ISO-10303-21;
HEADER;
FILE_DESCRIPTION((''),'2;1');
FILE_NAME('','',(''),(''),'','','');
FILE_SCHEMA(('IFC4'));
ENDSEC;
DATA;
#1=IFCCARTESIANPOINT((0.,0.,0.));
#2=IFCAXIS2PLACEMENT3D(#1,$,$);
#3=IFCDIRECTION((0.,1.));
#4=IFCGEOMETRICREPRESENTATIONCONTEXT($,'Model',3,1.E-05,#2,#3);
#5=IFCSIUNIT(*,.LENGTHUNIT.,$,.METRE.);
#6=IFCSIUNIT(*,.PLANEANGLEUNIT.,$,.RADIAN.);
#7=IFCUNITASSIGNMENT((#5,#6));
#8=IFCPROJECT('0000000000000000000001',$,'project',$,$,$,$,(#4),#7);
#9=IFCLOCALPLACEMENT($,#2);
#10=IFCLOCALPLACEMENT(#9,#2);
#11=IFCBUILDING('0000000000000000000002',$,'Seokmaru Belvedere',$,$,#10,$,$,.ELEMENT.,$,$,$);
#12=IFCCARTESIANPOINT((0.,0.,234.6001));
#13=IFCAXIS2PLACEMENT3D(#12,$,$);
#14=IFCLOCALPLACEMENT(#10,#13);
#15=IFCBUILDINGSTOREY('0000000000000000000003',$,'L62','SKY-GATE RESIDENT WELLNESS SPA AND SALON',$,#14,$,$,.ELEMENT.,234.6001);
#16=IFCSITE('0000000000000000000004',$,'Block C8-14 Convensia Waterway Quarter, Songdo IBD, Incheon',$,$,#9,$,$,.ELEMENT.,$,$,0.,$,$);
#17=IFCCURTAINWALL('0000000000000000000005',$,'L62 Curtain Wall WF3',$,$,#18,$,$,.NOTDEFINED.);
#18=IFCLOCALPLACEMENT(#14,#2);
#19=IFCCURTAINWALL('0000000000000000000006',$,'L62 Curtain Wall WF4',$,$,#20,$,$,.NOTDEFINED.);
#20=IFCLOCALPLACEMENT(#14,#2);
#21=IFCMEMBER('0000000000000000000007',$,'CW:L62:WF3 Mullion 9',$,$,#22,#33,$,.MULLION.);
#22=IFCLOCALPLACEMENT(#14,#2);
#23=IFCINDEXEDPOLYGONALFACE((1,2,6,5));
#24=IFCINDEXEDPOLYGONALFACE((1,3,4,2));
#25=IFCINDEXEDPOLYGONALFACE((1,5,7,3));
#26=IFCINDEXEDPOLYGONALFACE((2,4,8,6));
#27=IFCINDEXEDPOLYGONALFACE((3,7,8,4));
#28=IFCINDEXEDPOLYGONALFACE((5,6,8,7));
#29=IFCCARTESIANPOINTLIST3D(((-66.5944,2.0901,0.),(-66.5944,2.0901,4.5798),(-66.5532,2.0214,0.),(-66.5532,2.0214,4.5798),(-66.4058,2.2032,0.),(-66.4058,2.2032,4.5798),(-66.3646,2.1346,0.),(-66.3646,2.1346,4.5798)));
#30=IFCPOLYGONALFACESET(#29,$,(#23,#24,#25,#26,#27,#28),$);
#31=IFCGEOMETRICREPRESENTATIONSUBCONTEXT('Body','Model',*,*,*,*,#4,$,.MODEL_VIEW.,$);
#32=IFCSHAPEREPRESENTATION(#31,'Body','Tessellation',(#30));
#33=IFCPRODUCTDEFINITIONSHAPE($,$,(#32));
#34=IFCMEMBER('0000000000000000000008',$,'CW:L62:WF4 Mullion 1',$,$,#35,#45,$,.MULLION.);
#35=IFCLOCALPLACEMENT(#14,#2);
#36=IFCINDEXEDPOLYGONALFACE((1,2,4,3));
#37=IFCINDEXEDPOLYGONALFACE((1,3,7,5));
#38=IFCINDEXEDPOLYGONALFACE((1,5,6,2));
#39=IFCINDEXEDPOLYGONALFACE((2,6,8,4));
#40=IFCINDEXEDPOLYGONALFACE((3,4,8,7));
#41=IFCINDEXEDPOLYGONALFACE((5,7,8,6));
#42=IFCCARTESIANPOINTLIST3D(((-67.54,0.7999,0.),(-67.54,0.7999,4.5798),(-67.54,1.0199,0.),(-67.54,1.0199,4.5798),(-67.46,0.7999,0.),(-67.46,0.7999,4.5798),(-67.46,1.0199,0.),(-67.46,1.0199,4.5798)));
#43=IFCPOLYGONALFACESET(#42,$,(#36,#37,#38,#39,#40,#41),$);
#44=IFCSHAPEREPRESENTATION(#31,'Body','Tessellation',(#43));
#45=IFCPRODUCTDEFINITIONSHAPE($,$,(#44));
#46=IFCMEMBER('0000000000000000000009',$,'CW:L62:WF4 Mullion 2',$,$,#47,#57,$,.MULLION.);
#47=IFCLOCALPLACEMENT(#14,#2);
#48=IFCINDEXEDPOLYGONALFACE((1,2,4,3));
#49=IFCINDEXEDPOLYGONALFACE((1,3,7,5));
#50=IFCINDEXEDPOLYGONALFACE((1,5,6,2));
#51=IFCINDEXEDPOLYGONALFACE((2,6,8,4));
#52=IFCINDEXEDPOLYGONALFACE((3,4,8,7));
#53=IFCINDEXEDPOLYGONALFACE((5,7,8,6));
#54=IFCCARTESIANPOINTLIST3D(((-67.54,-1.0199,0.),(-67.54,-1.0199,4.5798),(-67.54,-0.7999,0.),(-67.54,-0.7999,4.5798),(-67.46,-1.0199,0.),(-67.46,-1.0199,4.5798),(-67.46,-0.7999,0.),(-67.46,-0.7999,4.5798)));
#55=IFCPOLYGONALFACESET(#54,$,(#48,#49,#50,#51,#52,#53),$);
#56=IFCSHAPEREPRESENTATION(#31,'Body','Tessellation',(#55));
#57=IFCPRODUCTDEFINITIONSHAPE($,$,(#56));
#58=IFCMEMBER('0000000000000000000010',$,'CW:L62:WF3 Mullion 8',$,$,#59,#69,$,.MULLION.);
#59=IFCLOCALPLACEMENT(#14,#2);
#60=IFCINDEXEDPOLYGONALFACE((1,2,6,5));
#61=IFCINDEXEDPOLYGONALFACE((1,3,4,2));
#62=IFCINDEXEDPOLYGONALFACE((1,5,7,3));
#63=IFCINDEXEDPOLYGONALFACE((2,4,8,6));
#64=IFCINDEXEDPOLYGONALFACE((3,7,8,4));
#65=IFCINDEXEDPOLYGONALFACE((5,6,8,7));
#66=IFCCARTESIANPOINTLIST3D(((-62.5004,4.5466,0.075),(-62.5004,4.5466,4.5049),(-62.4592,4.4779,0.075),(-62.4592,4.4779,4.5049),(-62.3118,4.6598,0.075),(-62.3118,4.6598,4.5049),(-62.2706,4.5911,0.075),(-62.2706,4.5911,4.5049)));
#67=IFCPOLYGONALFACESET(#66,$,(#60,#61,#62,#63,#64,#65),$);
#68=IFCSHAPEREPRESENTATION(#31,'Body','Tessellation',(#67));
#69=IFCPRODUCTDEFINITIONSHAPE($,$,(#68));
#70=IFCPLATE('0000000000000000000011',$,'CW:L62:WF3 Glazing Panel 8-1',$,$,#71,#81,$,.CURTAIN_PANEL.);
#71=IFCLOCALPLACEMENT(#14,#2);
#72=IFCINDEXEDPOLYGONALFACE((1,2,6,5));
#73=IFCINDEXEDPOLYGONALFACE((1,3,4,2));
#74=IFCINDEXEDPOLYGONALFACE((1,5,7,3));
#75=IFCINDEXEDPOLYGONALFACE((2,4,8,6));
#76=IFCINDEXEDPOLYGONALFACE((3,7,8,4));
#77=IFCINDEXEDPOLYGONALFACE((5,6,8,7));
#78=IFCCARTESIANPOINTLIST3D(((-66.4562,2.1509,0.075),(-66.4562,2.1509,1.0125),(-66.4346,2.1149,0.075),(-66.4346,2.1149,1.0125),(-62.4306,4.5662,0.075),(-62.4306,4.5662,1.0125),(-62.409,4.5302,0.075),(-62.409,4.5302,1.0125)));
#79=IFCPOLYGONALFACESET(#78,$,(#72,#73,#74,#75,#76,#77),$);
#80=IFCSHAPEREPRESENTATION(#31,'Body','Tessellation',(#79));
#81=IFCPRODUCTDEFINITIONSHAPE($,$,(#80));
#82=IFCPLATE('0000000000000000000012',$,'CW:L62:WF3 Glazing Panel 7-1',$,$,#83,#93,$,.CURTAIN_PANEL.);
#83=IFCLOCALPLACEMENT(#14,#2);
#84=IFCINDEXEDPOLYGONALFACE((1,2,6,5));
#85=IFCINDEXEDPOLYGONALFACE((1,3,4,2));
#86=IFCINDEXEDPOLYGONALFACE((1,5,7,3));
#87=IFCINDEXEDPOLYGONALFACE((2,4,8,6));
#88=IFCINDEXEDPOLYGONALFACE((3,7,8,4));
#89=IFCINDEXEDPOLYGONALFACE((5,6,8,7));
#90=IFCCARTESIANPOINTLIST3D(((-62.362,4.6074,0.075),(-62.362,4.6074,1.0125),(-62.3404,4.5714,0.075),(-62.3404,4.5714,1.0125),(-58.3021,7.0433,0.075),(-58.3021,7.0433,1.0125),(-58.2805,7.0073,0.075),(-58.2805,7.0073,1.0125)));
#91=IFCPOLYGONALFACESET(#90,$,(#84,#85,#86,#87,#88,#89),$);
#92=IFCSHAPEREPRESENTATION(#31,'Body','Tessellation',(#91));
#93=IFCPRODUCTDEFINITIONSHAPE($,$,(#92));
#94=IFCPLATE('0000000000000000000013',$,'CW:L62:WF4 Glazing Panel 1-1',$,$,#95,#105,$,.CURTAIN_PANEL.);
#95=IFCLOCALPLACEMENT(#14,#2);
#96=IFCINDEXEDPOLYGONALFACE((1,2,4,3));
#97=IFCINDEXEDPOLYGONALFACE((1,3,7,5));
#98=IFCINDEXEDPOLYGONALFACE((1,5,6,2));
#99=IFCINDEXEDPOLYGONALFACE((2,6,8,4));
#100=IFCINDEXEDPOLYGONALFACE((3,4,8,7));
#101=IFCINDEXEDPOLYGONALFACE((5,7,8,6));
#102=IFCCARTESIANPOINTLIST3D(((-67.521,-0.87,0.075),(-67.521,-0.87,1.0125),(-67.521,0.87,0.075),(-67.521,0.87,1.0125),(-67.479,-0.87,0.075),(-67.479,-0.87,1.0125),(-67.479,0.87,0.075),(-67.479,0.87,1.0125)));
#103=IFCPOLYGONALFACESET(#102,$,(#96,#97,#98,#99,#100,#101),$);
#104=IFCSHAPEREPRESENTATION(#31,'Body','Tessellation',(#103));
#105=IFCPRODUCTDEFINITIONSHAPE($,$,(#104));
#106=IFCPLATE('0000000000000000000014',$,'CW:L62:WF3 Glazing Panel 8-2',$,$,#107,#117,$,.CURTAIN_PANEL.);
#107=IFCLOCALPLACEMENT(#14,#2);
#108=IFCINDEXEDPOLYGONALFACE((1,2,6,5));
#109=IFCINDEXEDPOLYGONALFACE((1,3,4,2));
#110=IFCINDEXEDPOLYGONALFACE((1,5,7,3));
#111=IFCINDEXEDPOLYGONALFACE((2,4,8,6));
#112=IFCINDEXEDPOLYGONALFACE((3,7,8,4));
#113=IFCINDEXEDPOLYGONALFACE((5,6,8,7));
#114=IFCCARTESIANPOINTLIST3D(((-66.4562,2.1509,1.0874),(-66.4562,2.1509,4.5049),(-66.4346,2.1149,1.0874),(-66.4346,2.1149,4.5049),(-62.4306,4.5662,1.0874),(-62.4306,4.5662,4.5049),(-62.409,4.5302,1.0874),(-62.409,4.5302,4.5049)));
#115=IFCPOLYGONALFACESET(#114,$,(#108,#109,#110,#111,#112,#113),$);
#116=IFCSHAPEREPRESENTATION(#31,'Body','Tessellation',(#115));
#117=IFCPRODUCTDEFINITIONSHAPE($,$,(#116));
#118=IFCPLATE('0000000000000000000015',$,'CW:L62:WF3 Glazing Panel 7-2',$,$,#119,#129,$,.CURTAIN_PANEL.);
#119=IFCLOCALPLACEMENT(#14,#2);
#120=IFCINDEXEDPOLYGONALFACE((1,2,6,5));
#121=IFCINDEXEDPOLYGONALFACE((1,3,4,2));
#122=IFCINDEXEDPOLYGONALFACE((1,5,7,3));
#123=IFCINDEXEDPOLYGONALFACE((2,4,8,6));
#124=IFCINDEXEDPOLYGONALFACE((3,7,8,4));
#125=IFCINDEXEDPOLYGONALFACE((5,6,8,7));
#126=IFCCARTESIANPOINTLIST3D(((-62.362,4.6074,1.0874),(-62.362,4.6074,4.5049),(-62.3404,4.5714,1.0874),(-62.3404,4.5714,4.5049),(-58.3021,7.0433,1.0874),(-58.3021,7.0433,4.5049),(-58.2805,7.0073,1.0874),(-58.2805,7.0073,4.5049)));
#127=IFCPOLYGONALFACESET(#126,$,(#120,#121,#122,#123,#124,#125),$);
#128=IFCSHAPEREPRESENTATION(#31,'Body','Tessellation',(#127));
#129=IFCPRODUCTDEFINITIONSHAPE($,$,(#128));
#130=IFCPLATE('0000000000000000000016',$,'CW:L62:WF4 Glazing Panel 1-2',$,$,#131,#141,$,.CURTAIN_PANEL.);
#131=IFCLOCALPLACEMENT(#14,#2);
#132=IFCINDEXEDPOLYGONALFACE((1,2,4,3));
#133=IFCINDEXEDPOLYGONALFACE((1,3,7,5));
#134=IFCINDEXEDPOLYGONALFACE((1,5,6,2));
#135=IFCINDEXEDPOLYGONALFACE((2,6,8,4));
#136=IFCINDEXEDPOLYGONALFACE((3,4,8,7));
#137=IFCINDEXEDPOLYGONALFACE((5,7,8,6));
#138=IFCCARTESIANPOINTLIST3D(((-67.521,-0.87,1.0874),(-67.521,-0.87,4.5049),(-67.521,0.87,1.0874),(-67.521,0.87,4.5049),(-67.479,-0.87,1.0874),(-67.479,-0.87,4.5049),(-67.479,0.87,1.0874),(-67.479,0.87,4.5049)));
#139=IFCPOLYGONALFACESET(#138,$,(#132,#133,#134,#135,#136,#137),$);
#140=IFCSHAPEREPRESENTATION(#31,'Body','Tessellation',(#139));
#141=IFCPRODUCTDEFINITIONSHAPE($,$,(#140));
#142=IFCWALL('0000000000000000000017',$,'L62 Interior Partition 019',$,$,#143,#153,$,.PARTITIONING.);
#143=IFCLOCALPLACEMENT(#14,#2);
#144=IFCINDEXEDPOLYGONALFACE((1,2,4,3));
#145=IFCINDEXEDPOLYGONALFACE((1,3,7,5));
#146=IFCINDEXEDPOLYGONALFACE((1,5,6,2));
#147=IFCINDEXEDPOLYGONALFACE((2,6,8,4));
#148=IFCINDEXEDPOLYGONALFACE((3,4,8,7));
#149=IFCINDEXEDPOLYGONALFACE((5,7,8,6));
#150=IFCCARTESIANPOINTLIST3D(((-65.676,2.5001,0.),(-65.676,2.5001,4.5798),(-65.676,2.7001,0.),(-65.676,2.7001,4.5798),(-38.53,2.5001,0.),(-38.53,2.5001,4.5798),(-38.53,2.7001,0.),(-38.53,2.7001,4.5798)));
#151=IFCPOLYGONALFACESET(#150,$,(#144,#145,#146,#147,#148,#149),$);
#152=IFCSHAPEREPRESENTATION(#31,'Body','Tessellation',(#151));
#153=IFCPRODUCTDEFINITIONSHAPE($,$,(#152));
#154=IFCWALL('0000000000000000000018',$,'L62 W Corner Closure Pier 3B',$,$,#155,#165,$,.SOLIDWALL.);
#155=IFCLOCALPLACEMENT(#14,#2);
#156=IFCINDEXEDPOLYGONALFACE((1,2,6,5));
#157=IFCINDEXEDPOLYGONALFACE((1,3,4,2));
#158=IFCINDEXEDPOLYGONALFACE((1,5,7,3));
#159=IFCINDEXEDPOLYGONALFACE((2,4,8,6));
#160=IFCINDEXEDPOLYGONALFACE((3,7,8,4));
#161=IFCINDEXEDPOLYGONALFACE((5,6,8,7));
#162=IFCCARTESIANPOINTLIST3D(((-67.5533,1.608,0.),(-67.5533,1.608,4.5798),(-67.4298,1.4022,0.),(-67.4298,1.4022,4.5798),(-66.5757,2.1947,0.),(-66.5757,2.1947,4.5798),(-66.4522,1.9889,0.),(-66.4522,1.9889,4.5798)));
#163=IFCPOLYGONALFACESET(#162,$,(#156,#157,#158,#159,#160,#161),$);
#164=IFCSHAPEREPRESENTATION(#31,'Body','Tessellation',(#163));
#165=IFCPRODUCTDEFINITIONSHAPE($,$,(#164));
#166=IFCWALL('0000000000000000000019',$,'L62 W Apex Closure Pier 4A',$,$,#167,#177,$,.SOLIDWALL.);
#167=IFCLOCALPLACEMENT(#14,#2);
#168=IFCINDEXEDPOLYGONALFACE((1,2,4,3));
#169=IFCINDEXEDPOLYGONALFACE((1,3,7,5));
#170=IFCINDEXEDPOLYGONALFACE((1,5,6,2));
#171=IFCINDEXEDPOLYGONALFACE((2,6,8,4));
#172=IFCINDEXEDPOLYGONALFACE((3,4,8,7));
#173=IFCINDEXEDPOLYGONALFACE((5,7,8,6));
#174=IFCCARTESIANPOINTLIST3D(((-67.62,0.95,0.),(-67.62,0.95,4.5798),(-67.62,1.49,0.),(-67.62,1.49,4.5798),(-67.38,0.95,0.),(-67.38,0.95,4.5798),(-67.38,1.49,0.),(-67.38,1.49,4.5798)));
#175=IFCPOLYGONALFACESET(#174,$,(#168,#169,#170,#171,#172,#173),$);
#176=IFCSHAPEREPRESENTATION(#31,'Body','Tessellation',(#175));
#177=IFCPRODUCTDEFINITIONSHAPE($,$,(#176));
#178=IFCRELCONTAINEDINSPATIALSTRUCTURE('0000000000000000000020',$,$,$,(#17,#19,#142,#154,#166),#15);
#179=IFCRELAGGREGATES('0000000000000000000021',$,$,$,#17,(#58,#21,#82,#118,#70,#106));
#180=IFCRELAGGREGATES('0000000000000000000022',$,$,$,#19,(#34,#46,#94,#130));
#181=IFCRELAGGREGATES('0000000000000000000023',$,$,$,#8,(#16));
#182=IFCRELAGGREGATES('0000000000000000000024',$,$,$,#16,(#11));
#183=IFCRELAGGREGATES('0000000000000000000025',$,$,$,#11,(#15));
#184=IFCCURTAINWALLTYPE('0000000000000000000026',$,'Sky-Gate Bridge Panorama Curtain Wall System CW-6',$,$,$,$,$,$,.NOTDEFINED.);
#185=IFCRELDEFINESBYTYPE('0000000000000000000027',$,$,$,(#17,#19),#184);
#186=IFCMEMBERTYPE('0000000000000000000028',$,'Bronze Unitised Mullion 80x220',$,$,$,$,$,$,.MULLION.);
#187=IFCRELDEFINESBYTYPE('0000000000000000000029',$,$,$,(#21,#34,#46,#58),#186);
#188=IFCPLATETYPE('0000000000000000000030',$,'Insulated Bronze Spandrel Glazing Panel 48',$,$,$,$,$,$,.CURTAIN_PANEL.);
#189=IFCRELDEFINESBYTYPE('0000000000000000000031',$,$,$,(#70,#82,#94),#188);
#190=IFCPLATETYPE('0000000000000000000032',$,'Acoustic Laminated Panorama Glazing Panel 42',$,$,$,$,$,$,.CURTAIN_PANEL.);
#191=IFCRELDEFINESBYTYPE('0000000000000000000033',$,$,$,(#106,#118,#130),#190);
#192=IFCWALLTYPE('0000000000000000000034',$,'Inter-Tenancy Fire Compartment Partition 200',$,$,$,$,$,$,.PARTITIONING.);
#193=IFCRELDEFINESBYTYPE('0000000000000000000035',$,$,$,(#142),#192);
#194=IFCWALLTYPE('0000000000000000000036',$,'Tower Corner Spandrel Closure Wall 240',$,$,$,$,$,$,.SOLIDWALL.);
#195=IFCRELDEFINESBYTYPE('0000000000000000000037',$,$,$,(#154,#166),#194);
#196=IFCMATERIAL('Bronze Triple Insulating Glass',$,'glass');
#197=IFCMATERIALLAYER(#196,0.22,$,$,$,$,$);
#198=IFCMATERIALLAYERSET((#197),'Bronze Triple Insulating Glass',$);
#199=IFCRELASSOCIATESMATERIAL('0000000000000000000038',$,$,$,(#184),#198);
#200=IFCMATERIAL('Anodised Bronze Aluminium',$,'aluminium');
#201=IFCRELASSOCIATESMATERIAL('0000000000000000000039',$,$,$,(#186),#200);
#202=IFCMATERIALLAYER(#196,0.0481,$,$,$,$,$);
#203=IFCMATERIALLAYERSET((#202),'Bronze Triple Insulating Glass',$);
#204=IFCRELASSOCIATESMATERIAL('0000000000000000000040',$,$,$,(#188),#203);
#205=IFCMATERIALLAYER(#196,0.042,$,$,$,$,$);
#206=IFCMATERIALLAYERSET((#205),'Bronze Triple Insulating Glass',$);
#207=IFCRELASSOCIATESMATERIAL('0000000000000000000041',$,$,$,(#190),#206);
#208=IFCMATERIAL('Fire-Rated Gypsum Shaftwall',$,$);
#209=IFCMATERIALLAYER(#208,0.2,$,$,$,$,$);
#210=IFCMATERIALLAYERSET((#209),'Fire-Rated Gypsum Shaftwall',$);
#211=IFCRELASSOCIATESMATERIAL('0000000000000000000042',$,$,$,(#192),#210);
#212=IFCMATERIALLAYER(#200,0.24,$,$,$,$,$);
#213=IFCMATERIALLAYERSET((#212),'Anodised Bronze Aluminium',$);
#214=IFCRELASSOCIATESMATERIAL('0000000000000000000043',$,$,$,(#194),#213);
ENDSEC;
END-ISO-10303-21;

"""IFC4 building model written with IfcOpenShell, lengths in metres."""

from ifc_helpers import new_model, si_unit, direction, frame, frame_2d, origin, origin_2d, place, context, subcontext, project, spatial, rectangle, extrude, source, transform, mapped, material, layer, layer_set, material_profile, profile_set, type_object, type_shapes, element, aggregate, save


model = new_model("IFC4")

# Units and contexts
model_context = context("Model", 3, precision=1e-05, world=origin(), true_north=direction((0.0, 1.0)))
body_context = subcontext(model_context, "Body", "Model", "MODEL_VIEW")
ifc_project = project(units=[si_unit("LENGTHUNIT", "METRE"), si_unit("PLANEANGLEUNIT", "RADIAN")], contexts=[model_context])

# Site, building, storey
site_placement = place(None, origin())
site = spatial("IfcSite", under=ifc_project, at=site_placement, Name="Block C8-14 Convensia Waterway Quarter, Songdo IBD, Incheon", CompositionType="ELEMENT", RefElevation=0.0)
building_placement = place(site_placement, origin())
building = spatial("IfcBuilding", under=site, at=building_placement, Name="Seokmaru Belvedere", CompositionType="ELEMENT")
storey_placement = place(building_placement, frame((0.0, 0.0, 234.6001)))
storey = spatial("IfcBuildingStorey", under=building, at=storey_placement, Name="L62", Description="SKY-GATE RESIDENT WELLNESS SPA AND SALON", CompositionType="ELEMENT", Elevation=234.6001)

# Curtain wall
ifc_material_1 = material(Name="Bronze Triple Insulating Glass", Category="glass")
ifc_layer_1 = layer(ifc_material_1, 0.22)
ifc_layer_set_1 = layer_set([ifc_layer_1], Name="Bronze Triple Insulating Glass")
curtain_wall_type = type_object("IfcCurtainWallType", Name="Sky-Gate Bridge Panorama Curtain Wall System CW-6", PredefinedType="NOTDEFINED", material=ifc_layer_set_1)
curtain_wall_1_placement = place(storey_placement, origin())
curtain_wall_1 = element("IfcCurtainWall", 1, at=curtain_wall_1_placement, inside=storey, type_object=curtain_wall_type, Name="L62 Curtain Wall WF3", PredefinedType="NOTDEFINED")
ifc_material_2 = material(Name="Anodised Bronze Aluminium", Category="aluminium")

# Curtain wall
curtain_wall_2_placement = place(storey_placement, origin())
curtain_wall_2 = element("IfcCurtainWall", 2, at=curtain_wall_2_placement, inside=storey, type_object=curtain_wall_type, Name="L62 Curtain Wall WF4", PredefinedType="NOTDEFINED")

# Members
ifc_material_profile_1 = material_profile(ifc_material_2, rectangle(XDim=0.0801, YDim=0.22, at=origin_2d()), Name="CW-M-80x220")
ifc_profile_set_1 = profile_set([ifc_material_profile_1], Name="Anodised Bronze Aluminium")
member_type_1 = type_object("IfcMemberType", Name="Bronze Unitised Mullion 80x220", PredefinedType="MULLION", material=ifc_profile_set_1)
shared_shape_1 = source(origin(), body_context, "Body", "SweptSolid", [
    extrude(rectangle(XDim=0.0801, YDim=0.22, at=origin_2d()), origin(), (0.0, 0.0, 1.0), 4.5798),
])
member_1_placement = place(storey_placement, frame((-66.4795, 2.1123, 0.0), z_axis=(0.0, 0.0, 1.0), x_axis=(0.514495, -0.857493, 0.0)))
member_1 = element("IfcMember", 3, at=member_1_placement, type_object=member_type_1, Name="CW:L62:WF3 Mullion 9", PredefinedType="MULLION", context=body_context, shape_type="MappedRepresentation", body=[
    mapped(shared_shape_1, transform((0.0, 0.0, 0.0), scale=1.0)),
])
member_2_placement = place(storey_placement, frame((-67.5, 0.9099, 0.0), z_axis=(0.0, 0.0, 1.0), x_axis=(1.0, 0.0, 0.0)))
member_2 = element("IfcMember", 4, at=member_2_placement, type_object=member_type_1, Name="CW:L62:WF4 Mullion 1", PredefinedType="MULLION", context=body_context, shape_type="MappedRepresentation", body=[
    mapped(shared_shape_1, transform((0.0, 0.0, 0.0), scale=1.0)),
])
member_3_placement = place(storey_placement, frame((-67.5, -0.9099, 0.0), z_axis=(0.0, 0.0, 1.0), x_axis=(1.0, 0.0, 0.0)))
member_3 = element("IfcMember", 5, at=member_3_placement, type_object=member_type_1, Name="CW:L62:WF4 Mullion 2", PredefinedType="MULLION", context=body_context, shape_type="MappedRepresentation", body=[
    mapped(shared_shape_1, transform((0.0, 0.0, 0.0), scale=1.0)),
])
shared_shape_2 = source(origin(), body_context, "Body", "SweptSolid", [
    extrude(rectangle(XDim=0.0801, YDim=0.22, at=origin_2d()), origin(), (0.0, 0.0, 1.0), 4.4299),
])
type_shapes(member_type_1, [shared_shape_1, shared_shape_2])
member_4_placement = place(storey_placement, frame((-62.3855, 4.5688, 0.075), z_axis=(0.0, 0.0, 1.0), x_axis=(0.514495, -0.857493, 0.0)))
member_4 = element("IfcMember", 6, at=member_4_placement, type_object=member_type_1, Name="CW:L62:WF3 Mullion 8", PredefinedType="MULLION", context=body_context, shape_type="MappedRepresentation", body=[
    mapped(shared_shape_2, transform((0.0, 0.0, 0.0), scale=1.0)),
])

# Plates
ifc_layer_2 = layer(ifc_material_1, 0.0481)
ifc_layer_set_2 = layer_set([ifc_layer_2], Name="Bronze Triple Insulating Glass")
plate_type_1 = type_object("IfcPlateType", Name="Insulated Bronze Spandrel Glazing Panel 48", PredefinedType="CURTAIN_PANEL", material=ifc_layer_set_2)
shared_shape_3 = source(origin(), body_context, "Body", "SweptSolid", [
    extrude(rectangle(XDim=4.6946, YDim=0.042, at=origin_2d()), origin(), (0.0, 0.0, 1.0), 0.9375),
])
plate_1_placement = place(storey_placement, frame((-64.4326, 3.3406, 0.075), z_axis=(0.0, 0.0, 1.0), x_axis=(-0.857493, -0.514495, 0.0)))
plate_1 = element("IfcPlate", 7, at=plate_1_placement, type_object=plate_type_1, Name="CW:L62:WF3 Glazing Panel 8-1", PredefinedType="CURTAIN_PANEL", context=body_context, shape_type="MappedRepresentation", body=[
    mapped(shared_shape_3, transform((0.0, 0.0, 0.0), scale=1.0)),
])
shared_shape_4 = source(origin(), body_context, "Body", "SweptSolid", [
    extrude(rectangle(XDim=4.7346, YDim=0.042, at=origin_2d()), origin(), (0.0, 0.0, 1.0), 0.9375),
])
plate_2_placement = place(storey_placement, frame((-60.3213, 5.8074, 0.075), z_axis=(0.0, 0.0, 1.0), x_axis=(-0.857493, -0.514495, 0.0)))
plate_2 = element("IfcPlate", 8, at=plate_2_placement, type_object=plate_type_1, Name="CW:L62:WF3 Glazing Panel 7-1", PredefinedType="CURTAIN_PANEL", context=body_context, shape_type="MappedRepresentation", body=[
    mapped(shared_shape_4, transform((0.0, 0.0, 0.0), scale=1.0)),
])
shared_shape_5 = source(origin(), body_context, "Body", "SweptSolid", [
    extrude(rectangle(XDim=1.74, YDim=0.042, at=origin_2d()), origin(), (0.0, 0.0, 1.0), 0.9375),
])
type_shapes(plate_type_1, [shared_shape_3, shared_shape_4, shared_shape_5])
plate_3_placement = place(storey_placement, frame((-67.5, 0.0, 0.075), z_axis=(0.0, 0.0, 1.0), x_axis=(0.0, -1.0, 0.0)))
plate_3 = element("IfcPlate", 9, at=plate_3_placement, type_object=plate_type_1, Name="CW:L62:WF4 Glazing Panel 1-1", PredefinedType="CURTAIN_PANEL", context=body_context, shape_type="MappedRepresentation", body=[
    mapped(shared_shape_5, transform((0.0, 0.0, 0.0), scale=1.0)),
])
ifc_layer_3 = layer(ifc_material_1, 0.042)
ifc_layer_set_3 = layer_set([ifc_layer_3], Name="Bronze Triple Insulating Glass")
plate_type_2 = type_object("IfcPlateType", Name="Acoustic Laminated Panorama Glazing Panel 42", PredefinedType="CURTAIN_PANEL", material=ifc_layer_set_3)
shared_shape_6 = source(origin(), body_context, "Body", "SweptSolid", [
    extrude(rectangle(XDim=4.6946, YDim=0.042, at=origin_2d()), origin(), (0.0, 0.0, 1.0), 3.4175),
])
plate_4_placement = place(storey_placement, frame((-64.4326, 3.3406, 1.0874), z_axis=(0.0, 0.0, 1.0), x_axis=(-0.857493, -0.514495, 0.0)))
plate_4 = element("IfcPlate", 10, at=plate_4_placement, type_object=plate_type_2, Name="CW:L62:WF3 Glazing Panel 8-2", PredefinedType="CURTAIN_PANEL", context=body_context, shape_type="MappedRepresentation", body=[
    mapped(shared_shape_6, transform((0.0, 0.0, 0.0), scale=1.0)),
])
shared_shape_7 = source(origin(), body_context, "Body", "SweptSolid", [
    extrude(rectangle(XDim=4.7346, YDim=0.042, at=origin_2d()), origin(), (0.0, 0.0, 1.0), 3.4175),
])
plate_5_placement = place(storey_placement, frame((-60.3213, 5.8074, 1.0874), z_axis=(0.0, 0.0, 1.0), x_axis=(-0.857493, -0.514495, 0.0)))
plate_5 = element("IfcPlate", 11, at=plate_5_placement, type_object=plate_type_2, Name="CW:L62:WF3 Glazing Panel 7-2", PredefinedType="CURTAIN_PANEL", context=body_context, shape_type="MappedRepresentation", body=[
    mapped(shared_shape_7, transform((0.0, 0.0, 0.0), scale=1.0)),
])
aggregate(curtain_wall_1, [member_4, member_1, plate_2, plate_5, plate_1, plate_4])
shared_shape_8 = source(origin(), body_context, "Body", "SweptSolid", [
    extrude(rectangle(XDim=1.74, YDim=0.042, at=origin_2d()), origin(), (0.0, 0.0, 1.0), 3.4175),
])
type_shapes(plate_type_2, [shared_shape_6, shared_shape_7, shared_shape_8])
plate_6_placement = place(storey_placement, frame((-67.5, 0.0, 1.0874), z_axis=(0.0, 0.0, 1.0), x_axis=(0.0, -1.0, 0.0)))
plate_6 = element("IfcPlate", 12, at=plate_6_placement, type_object=plate_type_2, Name="CW:L62:WF4 Glazing Panel 1-2", PredefinedType="CURTAIN_PANEL", context=body_context, shape_type="MappedRepresentation", body=[
    mapped(shared_shape_8, transform((0.0, 0.0, 0.0), scale=1.0)),
])
aggregate(curtain_wall_2, [member_2, member_3, plate_3, plate_6])

# Walls
ifc_material_3 = material(Name="Fire-Rated Gypsum Shaftwall")
ifc_layer_4 = layer(ifc_material_3, 0.2)
ifc_layer_set_4 = layer_set([ifc_layer_4], Name="Fire-Rated Gypsum Shaftwall")
wall_type_1 = type_object("IfcWallType", Name="Inter-Tenancy Fire Compartment Partition 200", PredefinedType="PARTITIONING", material=ifc_layer_set_4)
wall_1_placement = place(storey_placement, frame((-65.676, 2.6001, 0.0), z_axis=(0.0, 0.0, 1.0), x_axis=(1.0, 0.0, 0.0)))
element("IfcWall", 13, at=wall_1_placement, inside=storey, type_object=wall_type_1, Name="L62 Interior Partition 019", PredefinedType="PARTITIONING", context=body_context, shape_type="SweptSolid", body=[
    extrude(rectangle(XDim=27.146, YDim=0.2, at=frame_2d((13.573, 0.0))), origin(), (0.0, 0.0, 1.0), 4.5798),
])
ifc_layer_5 = layer(ifc_material_2, 0.24)
ifc_layer_set_5 = layer_set([ifc_layer_5], Name="Anodised Bronze Aluminium")
wall_type_2 = type_object("IfcWallType", Name="Tower Corner Spandrel Closure Wall 240", PredefinedType="SOLIDWALL", material=ifc_layer_set_5)
wall_2_placement = place(storey_placement, frame((-66.5139, 2.0918, 0.0), z_axis=(0.0, 0.0, 1.0), x_axis=(-0.857436, -0.51459, 0.0)))
element("IfcWall", 14, at=wall_2_placement, inside=storey, type_object=wall_type_2, Name="L62 W Corner Closure Pier 3B", PredefinedType="SOLIDWALL", context=body_context, shape_type="SweptSolid", body=[
    extrude(rectangle(XDim=1.1401, YDim=0.24, at=frame_2d((0.5701, 0.0))), origin(), (0.0, 0.0, 1.0), 4.5798),
])
for number, where, z_axis, x_axis, name in (
    (15, (-67.5, 1.49, 0.0), (0.0, 0.0, 1.0), (0.0, -1.0, 0.0), "L62 W Apex Closure Pier 4A"),
):
    element("IfcWall", number, at=place(storey_placement, frame(where, z_axis=z_axis, x_axis=x_axis)), inside=storey, type_object=wall_type_2, Name=name, PredefinedType="SOLIDWALL", context=body_context, shape_type="SweptSolid", body=[
        extrude(rectangle(XDim=0.54, YDim=0.24, at=frame_2d((0.27, 0.0))), origin(), (0.0, 0.0, 1.0), 4.5798),
    ])

save(model, "model.ifc")
